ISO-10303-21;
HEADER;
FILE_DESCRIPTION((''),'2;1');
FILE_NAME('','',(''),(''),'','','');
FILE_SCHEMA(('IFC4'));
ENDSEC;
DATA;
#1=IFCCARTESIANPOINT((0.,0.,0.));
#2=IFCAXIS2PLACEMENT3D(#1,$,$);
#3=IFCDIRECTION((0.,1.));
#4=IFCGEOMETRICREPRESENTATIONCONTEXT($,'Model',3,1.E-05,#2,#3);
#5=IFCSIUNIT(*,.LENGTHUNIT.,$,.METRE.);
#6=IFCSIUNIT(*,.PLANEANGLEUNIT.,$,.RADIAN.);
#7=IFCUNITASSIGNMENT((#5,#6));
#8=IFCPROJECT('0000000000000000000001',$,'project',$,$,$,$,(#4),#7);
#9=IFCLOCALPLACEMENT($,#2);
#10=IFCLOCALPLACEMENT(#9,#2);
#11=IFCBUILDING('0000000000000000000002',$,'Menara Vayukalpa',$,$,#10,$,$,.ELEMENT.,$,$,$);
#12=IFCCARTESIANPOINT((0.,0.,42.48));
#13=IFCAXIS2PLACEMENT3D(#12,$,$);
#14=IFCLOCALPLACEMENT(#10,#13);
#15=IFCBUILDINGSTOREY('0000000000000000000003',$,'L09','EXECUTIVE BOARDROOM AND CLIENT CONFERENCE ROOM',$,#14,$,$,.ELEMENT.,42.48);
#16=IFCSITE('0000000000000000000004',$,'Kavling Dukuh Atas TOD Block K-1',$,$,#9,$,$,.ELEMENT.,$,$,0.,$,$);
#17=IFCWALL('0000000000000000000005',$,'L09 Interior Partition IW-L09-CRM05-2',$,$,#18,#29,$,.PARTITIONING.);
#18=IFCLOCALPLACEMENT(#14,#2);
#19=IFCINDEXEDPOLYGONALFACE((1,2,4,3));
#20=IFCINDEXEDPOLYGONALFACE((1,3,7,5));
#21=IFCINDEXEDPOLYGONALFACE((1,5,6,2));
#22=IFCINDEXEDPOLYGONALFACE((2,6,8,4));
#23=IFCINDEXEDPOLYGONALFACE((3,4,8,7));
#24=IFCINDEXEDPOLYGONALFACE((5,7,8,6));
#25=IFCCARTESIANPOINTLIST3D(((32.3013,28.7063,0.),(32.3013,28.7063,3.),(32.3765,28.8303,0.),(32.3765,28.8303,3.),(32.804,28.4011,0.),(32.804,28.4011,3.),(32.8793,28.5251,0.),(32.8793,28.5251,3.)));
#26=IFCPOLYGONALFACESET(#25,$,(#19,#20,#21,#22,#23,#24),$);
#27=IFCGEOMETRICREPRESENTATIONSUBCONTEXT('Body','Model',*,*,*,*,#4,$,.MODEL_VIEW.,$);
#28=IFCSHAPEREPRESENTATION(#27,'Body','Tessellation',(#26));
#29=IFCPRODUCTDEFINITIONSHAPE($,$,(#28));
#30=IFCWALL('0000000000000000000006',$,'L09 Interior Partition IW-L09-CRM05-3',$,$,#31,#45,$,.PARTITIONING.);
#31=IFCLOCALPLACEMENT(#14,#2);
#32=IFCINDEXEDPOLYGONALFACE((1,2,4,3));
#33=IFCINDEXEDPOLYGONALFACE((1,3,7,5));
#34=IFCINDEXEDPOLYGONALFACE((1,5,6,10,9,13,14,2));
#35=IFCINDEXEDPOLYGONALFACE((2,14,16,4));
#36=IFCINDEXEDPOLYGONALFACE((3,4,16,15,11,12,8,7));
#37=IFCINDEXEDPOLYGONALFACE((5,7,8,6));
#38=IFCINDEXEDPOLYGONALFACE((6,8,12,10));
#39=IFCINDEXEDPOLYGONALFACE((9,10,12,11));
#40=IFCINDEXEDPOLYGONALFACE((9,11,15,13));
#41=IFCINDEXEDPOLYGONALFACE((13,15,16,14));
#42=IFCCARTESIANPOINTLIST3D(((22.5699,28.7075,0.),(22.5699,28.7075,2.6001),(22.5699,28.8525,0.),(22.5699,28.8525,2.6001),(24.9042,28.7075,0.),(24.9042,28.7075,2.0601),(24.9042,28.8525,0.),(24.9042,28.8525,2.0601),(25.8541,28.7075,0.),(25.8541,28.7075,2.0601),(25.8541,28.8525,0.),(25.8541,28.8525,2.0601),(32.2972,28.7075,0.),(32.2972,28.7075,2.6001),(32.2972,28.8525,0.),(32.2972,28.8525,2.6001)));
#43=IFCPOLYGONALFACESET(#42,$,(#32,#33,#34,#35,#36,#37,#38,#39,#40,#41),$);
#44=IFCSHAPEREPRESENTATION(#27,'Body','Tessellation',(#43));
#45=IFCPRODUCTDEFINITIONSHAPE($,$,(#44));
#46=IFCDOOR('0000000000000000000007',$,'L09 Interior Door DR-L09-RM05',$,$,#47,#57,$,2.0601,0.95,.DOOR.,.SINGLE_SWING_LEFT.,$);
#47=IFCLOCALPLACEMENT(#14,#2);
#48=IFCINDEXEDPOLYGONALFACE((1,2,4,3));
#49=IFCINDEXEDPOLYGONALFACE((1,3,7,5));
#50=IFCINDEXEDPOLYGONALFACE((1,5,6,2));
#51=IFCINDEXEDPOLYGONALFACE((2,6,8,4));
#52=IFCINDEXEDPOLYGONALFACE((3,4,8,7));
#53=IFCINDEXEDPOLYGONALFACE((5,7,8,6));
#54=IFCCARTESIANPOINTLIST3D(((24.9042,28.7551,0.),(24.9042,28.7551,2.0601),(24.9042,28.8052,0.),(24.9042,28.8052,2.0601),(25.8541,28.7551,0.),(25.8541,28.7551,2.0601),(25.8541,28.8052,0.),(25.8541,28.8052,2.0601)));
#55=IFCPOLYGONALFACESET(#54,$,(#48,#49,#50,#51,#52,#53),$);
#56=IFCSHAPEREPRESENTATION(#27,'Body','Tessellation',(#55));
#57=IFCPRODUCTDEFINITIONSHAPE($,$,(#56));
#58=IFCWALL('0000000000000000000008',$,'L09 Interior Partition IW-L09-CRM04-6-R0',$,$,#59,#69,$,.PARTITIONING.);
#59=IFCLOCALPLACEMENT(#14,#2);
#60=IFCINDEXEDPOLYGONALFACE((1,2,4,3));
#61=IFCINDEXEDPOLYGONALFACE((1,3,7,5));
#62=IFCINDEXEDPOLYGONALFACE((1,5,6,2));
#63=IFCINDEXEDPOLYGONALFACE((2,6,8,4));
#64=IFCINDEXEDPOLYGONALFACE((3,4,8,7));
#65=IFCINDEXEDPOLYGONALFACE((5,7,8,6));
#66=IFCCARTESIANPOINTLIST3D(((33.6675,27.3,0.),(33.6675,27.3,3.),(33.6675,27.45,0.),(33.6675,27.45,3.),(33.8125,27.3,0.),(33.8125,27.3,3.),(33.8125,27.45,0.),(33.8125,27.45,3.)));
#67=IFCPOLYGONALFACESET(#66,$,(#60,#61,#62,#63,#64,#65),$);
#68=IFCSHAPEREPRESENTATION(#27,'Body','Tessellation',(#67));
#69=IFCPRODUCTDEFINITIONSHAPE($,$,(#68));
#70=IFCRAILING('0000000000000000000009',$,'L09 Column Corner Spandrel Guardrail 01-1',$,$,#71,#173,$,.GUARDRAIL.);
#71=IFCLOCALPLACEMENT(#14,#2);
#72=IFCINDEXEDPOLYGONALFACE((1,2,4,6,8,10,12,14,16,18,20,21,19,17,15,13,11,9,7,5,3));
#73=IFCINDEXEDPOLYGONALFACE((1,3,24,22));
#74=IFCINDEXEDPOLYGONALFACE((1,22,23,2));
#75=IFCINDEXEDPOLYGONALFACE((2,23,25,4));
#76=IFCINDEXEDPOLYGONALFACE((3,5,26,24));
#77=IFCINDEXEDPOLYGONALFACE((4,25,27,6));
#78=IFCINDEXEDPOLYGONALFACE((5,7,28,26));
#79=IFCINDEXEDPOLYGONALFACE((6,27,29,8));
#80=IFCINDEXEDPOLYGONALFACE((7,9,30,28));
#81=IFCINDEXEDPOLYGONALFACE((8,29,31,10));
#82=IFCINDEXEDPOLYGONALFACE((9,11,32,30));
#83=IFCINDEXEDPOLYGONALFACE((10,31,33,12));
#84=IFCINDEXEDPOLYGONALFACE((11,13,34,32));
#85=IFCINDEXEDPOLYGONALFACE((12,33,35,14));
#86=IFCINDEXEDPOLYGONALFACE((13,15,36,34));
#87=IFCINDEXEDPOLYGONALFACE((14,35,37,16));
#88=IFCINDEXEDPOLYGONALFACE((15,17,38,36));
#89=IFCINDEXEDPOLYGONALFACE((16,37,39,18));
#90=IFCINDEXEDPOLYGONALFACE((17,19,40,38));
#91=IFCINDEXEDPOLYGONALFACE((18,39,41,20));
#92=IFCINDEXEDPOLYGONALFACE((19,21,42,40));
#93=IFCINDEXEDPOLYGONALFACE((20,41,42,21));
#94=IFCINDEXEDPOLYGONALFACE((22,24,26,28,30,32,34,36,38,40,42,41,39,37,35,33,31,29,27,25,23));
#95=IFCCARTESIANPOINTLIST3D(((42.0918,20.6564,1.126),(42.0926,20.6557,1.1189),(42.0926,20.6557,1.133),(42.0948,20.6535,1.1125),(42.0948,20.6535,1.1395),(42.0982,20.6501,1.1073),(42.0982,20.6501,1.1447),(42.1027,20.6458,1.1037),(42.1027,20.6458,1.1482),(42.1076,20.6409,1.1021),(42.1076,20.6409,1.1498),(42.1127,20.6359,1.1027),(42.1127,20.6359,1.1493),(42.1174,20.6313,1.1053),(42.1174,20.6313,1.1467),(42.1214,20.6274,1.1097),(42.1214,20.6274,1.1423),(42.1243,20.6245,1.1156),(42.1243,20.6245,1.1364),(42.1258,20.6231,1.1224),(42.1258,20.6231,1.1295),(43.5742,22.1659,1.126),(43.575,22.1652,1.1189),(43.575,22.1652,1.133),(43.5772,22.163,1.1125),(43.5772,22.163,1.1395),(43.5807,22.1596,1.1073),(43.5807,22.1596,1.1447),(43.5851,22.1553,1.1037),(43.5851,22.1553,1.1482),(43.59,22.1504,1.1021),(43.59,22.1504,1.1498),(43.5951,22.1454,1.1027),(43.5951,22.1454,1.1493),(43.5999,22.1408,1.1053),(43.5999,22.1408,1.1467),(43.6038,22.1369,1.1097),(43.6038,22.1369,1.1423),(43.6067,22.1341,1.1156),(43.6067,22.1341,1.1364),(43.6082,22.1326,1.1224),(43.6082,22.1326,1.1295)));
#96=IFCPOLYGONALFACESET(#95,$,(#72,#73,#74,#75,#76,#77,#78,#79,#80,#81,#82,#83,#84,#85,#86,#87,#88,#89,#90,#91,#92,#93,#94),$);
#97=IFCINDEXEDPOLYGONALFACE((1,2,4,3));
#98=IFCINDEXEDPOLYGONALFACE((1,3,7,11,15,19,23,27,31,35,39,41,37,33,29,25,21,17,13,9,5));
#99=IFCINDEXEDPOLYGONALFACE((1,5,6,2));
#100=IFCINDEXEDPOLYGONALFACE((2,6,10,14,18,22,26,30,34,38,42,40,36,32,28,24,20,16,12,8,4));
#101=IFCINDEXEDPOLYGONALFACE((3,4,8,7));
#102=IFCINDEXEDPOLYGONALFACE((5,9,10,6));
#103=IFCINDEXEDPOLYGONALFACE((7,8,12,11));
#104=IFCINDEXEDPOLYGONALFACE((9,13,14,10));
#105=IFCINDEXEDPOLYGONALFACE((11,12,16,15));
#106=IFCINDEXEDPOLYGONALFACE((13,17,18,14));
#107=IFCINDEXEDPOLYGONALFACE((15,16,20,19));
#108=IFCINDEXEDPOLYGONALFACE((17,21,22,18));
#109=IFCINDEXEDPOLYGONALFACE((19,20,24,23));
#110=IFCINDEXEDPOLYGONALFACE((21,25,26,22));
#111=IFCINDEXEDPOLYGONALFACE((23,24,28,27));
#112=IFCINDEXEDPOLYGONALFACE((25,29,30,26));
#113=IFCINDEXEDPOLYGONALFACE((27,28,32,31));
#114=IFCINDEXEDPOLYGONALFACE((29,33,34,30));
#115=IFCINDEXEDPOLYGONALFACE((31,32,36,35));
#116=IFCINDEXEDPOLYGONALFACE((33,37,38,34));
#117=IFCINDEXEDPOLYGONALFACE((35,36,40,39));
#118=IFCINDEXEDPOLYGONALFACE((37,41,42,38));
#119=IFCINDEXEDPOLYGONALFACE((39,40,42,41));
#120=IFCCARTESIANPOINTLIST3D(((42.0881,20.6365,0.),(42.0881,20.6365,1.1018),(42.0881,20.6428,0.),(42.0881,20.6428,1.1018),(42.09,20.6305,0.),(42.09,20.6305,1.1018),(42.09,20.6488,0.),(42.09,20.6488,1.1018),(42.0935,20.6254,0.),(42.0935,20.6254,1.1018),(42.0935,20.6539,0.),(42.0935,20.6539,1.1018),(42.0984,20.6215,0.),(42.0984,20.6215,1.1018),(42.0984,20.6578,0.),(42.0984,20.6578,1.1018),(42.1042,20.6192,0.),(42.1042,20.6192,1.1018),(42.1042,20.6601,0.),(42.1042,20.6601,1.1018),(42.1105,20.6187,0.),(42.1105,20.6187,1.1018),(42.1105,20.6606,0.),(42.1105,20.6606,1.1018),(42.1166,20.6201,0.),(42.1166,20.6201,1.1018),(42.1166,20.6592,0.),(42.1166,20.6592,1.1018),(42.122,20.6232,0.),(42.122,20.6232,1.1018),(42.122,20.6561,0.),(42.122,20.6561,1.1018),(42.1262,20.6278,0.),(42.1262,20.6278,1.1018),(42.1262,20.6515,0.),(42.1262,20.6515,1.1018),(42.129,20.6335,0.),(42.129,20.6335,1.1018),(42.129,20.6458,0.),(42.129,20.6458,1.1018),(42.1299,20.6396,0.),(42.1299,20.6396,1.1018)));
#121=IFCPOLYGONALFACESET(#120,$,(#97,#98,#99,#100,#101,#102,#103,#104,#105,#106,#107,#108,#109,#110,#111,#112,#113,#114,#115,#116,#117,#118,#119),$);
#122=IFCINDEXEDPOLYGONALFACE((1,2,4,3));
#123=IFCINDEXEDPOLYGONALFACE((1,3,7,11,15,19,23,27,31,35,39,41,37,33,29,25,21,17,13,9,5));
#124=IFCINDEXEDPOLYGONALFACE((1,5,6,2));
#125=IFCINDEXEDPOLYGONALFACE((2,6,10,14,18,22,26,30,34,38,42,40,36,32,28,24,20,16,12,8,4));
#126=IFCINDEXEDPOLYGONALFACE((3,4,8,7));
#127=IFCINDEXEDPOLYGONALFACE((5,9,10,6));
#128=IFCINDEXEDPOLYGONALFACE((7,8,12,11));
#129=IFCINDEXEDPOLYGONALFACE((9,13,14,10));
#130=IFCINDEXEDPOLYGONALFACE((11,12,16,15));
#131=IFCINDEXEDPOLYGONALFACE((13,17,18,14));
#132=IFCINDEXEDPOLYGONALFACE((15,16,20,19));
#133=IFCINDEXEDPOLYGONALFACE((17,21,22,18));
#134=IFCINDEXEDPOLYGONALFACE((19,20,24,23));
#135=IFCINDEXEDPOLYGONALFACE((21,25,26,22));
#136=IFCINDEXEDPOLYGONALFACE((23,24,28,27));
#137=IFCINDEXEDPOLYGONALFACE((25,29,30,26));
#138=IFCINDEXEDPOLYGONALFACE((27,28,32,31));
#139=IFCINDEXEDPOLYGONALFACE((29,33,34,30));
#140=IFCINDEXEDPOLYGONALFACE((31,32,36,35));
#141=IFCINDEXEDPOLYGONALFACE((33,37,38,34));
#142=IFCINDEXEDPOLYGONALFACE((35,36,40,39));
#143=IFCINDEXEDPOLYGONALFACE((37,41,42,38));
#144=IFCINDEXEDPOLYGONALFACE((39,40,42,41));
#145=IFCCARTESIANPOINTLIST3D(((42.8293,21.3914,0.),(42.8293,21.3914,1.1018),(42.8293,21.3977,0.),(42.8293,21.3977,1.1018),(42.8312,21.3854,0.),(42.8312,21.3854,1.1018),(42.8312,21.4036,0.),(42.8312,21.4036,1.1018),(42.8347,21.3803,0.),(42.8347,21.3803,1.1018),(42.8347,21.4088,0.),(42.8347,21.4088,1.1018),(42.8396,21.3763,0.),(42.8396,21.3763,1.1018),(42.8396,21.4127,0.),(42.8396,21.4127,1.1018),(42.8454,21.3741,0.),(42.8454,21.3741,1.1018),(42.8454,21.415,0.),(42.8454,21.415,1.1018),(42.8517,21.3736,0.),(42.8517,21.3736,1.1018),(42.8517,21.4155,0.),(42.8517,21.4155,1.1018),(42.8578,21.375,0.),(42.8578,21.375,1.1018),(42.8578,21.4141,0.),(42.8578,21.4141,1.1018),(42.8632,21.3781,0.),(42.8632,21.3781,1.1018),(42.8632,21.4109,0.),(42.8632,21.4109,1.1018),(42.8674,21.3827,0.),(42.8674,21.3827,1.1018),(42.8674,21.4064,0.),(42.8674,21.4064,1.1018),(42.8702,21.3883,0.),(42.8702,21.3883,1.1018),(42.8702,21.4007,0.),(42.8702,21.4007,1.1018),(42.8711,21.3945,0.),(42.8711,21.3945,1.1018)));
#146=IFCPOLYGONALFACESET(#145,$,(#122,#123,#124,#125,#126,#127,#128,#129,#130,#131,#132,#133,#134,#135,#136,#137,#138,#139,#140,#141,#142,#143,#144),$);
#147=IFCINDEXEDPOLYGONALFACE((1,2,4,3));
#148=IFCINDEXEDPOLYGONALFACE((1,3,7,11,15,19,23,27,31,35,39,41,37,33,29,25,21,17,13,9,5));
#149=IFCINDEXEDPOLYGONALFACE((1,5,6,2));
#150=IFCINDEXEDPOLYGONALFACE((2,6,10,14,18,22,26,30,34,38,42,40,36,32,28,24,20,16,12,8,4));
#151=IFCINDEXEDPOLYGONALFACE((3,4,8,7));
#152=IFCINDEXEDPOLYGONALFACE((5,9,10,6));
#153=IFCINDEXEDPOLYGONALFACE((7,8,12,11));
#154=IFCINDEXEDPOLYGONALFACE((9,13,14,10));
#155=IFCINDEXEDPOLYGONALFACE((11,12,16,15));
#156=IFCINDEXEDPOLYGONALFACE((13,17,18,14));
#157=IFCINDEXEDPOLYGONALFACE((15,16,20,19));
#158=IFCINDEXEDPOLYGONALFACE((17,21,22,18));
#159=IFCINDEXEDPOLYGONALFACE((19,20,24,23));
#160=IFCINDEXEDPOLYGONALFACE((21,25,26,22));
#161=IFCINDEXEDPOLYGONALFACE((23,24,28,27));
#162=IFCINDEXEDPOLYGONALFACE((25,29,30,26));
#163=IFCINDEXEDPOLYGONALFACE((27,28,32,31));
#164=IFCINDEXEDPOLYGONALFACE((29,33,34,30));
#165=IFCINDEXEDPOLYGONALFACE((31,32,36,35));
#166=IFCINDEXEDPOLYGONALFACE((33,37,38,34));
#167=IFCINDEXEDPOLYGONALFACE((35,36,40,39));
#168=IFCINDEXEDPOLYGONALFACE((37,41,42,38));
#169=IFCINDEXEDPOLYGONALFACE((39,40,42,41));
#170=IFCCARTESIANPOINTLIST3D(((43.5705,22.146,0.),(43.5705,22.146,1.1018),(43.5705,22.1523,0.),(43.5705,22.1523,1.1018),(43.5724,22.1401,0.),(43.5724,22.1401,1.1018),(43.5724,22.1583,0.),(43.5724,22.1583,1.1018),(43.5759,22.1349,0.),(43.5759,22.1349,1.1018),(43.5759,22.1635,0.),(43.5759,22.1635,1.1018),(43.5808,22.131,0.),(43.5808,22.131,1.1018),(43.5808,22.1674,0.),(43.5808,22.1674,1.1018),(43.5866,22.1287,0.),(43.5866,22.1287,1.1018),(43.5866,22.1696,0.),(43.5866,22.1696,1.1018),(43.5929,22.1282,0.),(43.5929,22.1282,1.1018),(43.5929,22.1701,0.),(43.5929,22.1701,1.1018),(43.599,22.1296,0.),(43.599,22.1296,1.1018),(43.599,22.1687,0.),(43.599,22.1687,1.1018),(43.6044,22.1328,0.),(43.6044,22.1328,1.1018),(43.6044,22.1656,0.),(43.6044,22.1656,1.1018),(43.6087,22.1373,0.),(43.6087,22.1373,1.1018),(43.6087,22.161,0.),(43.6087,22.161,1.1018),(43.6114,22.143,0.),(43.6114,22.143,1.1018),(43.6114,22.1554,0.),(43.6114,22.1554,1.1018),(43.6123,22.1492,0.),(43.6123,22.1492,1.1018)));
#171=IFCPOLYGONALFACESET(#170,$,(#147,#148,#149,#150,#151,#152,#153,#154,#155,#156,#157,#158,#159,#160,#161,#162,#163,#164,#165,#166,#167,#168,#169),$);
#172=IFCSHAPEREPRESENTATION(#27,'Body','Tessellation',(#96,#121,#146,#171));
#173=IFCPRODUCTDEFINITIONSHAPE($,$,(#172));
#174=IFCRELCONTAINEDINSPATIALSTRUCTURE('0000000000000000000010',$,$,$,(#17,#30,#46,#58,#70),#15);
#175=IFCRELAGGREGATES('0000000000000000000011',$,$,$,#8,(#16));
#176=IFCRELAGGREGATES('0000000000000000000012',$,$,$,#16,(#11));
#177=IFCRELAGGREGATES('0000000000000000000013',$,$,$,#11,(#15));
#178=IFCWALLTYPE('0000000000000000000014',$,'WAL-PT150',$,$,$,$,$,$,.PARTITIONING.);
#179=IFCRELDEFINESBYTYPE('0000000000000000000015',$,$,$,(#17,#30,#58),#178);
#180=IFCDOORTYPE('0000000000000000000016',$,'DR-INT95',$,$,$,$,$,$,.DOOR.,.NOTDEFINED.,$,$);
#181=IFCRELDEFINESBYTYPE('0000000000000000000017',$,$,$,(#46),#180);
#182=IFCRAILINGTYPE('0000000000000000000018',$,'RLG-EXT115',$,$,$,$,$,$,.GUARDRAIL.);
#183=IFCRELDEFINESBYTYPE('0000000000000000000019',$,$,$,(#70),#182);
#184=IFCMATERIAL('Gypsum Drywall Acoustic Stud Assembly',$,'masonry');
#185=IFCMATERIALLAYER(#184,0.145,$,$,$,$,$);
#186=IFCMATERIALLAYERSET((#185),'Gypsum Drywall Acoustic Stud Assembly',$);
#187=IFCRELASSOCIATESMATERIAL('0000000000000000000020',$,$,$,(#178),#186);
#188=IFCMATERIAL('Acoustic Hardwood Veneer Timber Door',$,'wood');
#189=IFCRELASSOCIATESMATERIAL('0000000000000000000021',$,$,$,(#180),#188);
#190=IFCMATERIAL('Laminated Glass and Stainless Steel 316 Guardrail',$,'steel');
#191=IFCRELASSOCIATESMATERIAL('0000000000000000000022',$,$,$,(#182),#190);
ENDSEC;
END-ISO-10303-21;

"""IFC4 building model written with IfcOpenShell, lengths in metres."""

from ifc_helpers import new_model, si_unit, direction, frame, frame_2d, origin, origin_2d, place, context, subcontext, project, spatial, rectangle, circle, extrude, material, layer, layer_set, type_object, element, fill, save


model = new_model("IFC4")

# Units and contexts
model_context = context("Model", 3, precision=1e-05, world=origin(), true_north=direction((0.0, 1.0)))
body_context = subcontext(model_context, "Body", "Model", "MODEL_VIEW")
ifc_project = project(units=[si_unit("LENGTHUNIT", "METRE"), si_unit("PLANEANGLEUNIT", "RADIAN")], contexts=[model_context])

# Site, building, storey
site_placement = place(None, origin())
site = spatial("IfcSite", under=ifc_project, at=site_placement, Name="Kavling Dukuh Atas TOD Block K-1", CompositionType="ELEMENT", RefElevation=0.0)
building_placement = place(site_placement, origin())
building = spatial("IfcBuilding", under=site, at=building_placement, Name="Menara Vayukalpa", CompositionType="ELEMENT")
storey_placement = place(building_placement, frame((0.0, 0.0, 42.48)))
storey = spatial("IfcBuildingStorey", under=building, at=storey_placement, Name="L09", Description="EXECUTIVE BOARDROOM AND CLIENT CONFERENCE ROOM", CompositionType="ELEMENT", Elevation=42.48)

# Wall
ifc_material_1 = material(Name="Gypsum Drywall Acoustic Stud Assembly", Category="masonry")
ifc_layer_1 = layer(ifc_material_1, 0.145)
ifc_layer_set_1 = layer_set([ifc_layer_1], Name="Gypsum Drywall Acoustic Stud Assembly")
wall_type_1 = type_object("IfcWallType", Name="WAL-PT150", PredefinedType="PARTITIONING", material=ifc_layer_set_1)
wall_1_placement = place(storey_placement, frame((32.8416, 28.4631, 0.0), z_axis=(0.0, 0.0, 1.0), x_axis=(-0.854807, 0.518946, 0.0)))
element("IfcWall", 1, at=wall_1_placement, inside=storey, type_object=wall_type_1, Name="L09 Interior Partition IW-L09-CRM05-2", PredefinedType="PARTITIONING", context=body_context, shape_type="SweptSolid", body=[
    extrude(rectangle(XDim=0.5881, YDim=0.145, at=frame_2d((0.2939, 0.0))), origin(), (0.0, 0.0, 1.0), 3.0),
])

# Wall, opening, door
wall_2_placement = place(storey_placement, frame((32.2974, 28.78, 0.0), z_axis=(0.0, 0.0, 1.0), x_axis=(-1.0, 0.0, 0.0)))
wall_2 = element("IfcWall", 2, at=wall_2_placement, inside=storey, type_object=wall_type_1, Name="L09 Interior Partition IW-L09-CRM05-3", PredefinedType="PARTITIONING", context=body_context, shape_type="SweptSolid", body=[
    extrude(rectangle(XDim=9.7273, YDim=0.145, at=frame_2d((4.8638, 0.0))), origin(), (0.0, 0.0, 1.0), 2.6001),
])
opening_placement = place(wall_2_placement, frame((6.4431, 0.0, 0.0)))
opening = element("IfcOpeningElement", 3, at=opening_placement, cuts=wall_2, PredefinedType="OPENING", context=body_context, shape_type="SweptSolid", body=[
    extrude(rectangle(XDim=0.95, YDim=2.0601, at=frame_2d((0.4751, 1.03))), frame((0.0, 0.0825, 0.0), z_axis=(0.0, -1.0, 0.0), x_axis=(1.0, 0.0, 0.0)), (0.0, 0.0, 1.0), 0.165),
])
ifc_material_2 = material(Name="Acoustic Hardwood Veneer Timber Door", Category="wood")
door_type = type_object("IfcDoorType", Name="DR-INT95", OperationType="NOTDEFINED", PredefinedType="DOOR", material=ifc_material_2)
door_placement = place(opening_placement, origin())
door = element("IfcDoor", 4, at=door_placement, inside=storey, type_object=door_type, Name="L09 Interior Door DR-L09-RM05", OperationType="SINGLE_SWING_LEFT", OverallHeight=2.0601, OverallWidth=0.95, PredefinedType="DOOR", context=body_context, shape_type="SweptSolid", body=[
    extrude(rectangle(XDim=0.95, YDim=2.0601, at=frame_2d((0.4751, 1.03))), frame((0.0, 0.0249, 0.0), z_axis=(0.0, -1.0, 0.0), x_axis=(1.0, 0.0, 0.0)), (0.0, 0.0, 1.0), 0.05),
])
fill(opening, door)

# Wall
wall_3_placement = place(storey_placement, frame((33.74, 27.3, 0.0), z_axis=(0.0, 0.0, 1.0), x_axis=(0.0, 1.0, 0.0)))
element("IfcWall", 5, at=wall_3_placement, inside=storey, type_object=wall_type_1, Name="L09 Interior Partition IW-L09-CRM04-6-R0", PredefinedType="PARTITIONING", context=body_context, shape_type="SweptSolid", body=[
    extrude(rectangle(XDim=0.1499, YDim=0.145, at=frame_2d((0.075, 0.0))), origin(), (0.0, 0.0, 1.0), 3.0),
])

# Railing
ifc_material_3 = material(Name="Laminated Glass and Stainless Steel 316 Guardrail", Category="steel")
railing_type = type_object("IfcRailingType", Name="RLG-EXT115", PredefinedType="GUARDRAIL", material=ifc_material_3)
railing_1_placement = place(storey_placement, frame((42.1089, 20.6396, 0.0)))
element("IfcRailing", 6, at=railing_1_placement, inside=storey, type_object=railing_type, Name="L09 Column Corner Spandrel Guardrail 01-1", PredefinedType="GUARDRAIL", context=body_context, shape_type="SweptSolid", body=[
    extrude(circle(Radius=0.0239, at=origin_2d()), frame((0.0, 0.0, 1.126), z_axis=(0.700673, 0.713482, 0.0), x_axis=(-0.713482, 0.700673, 0.0)), (0.0, 0.0, 1.0), 2.1157),
    extrude(circle(Radius=0.021, at=origin_2d()), origin(), (0.0, 0.0, 1.0), 1.1018),
    extrude(circle(Radius=0.021, at=origin_2d()), frame((0.7412, 0.7549, 0.0)), (0.0, 0.0, 1.0), 1.1018),
    extrude(circle(Radius=0.021, at=origin_2d()), frame((1.4824, 1.5095, 0.0)), (0.0, 0.0, 1.0), 1.1018),
])

save(model, "model.ifc")
